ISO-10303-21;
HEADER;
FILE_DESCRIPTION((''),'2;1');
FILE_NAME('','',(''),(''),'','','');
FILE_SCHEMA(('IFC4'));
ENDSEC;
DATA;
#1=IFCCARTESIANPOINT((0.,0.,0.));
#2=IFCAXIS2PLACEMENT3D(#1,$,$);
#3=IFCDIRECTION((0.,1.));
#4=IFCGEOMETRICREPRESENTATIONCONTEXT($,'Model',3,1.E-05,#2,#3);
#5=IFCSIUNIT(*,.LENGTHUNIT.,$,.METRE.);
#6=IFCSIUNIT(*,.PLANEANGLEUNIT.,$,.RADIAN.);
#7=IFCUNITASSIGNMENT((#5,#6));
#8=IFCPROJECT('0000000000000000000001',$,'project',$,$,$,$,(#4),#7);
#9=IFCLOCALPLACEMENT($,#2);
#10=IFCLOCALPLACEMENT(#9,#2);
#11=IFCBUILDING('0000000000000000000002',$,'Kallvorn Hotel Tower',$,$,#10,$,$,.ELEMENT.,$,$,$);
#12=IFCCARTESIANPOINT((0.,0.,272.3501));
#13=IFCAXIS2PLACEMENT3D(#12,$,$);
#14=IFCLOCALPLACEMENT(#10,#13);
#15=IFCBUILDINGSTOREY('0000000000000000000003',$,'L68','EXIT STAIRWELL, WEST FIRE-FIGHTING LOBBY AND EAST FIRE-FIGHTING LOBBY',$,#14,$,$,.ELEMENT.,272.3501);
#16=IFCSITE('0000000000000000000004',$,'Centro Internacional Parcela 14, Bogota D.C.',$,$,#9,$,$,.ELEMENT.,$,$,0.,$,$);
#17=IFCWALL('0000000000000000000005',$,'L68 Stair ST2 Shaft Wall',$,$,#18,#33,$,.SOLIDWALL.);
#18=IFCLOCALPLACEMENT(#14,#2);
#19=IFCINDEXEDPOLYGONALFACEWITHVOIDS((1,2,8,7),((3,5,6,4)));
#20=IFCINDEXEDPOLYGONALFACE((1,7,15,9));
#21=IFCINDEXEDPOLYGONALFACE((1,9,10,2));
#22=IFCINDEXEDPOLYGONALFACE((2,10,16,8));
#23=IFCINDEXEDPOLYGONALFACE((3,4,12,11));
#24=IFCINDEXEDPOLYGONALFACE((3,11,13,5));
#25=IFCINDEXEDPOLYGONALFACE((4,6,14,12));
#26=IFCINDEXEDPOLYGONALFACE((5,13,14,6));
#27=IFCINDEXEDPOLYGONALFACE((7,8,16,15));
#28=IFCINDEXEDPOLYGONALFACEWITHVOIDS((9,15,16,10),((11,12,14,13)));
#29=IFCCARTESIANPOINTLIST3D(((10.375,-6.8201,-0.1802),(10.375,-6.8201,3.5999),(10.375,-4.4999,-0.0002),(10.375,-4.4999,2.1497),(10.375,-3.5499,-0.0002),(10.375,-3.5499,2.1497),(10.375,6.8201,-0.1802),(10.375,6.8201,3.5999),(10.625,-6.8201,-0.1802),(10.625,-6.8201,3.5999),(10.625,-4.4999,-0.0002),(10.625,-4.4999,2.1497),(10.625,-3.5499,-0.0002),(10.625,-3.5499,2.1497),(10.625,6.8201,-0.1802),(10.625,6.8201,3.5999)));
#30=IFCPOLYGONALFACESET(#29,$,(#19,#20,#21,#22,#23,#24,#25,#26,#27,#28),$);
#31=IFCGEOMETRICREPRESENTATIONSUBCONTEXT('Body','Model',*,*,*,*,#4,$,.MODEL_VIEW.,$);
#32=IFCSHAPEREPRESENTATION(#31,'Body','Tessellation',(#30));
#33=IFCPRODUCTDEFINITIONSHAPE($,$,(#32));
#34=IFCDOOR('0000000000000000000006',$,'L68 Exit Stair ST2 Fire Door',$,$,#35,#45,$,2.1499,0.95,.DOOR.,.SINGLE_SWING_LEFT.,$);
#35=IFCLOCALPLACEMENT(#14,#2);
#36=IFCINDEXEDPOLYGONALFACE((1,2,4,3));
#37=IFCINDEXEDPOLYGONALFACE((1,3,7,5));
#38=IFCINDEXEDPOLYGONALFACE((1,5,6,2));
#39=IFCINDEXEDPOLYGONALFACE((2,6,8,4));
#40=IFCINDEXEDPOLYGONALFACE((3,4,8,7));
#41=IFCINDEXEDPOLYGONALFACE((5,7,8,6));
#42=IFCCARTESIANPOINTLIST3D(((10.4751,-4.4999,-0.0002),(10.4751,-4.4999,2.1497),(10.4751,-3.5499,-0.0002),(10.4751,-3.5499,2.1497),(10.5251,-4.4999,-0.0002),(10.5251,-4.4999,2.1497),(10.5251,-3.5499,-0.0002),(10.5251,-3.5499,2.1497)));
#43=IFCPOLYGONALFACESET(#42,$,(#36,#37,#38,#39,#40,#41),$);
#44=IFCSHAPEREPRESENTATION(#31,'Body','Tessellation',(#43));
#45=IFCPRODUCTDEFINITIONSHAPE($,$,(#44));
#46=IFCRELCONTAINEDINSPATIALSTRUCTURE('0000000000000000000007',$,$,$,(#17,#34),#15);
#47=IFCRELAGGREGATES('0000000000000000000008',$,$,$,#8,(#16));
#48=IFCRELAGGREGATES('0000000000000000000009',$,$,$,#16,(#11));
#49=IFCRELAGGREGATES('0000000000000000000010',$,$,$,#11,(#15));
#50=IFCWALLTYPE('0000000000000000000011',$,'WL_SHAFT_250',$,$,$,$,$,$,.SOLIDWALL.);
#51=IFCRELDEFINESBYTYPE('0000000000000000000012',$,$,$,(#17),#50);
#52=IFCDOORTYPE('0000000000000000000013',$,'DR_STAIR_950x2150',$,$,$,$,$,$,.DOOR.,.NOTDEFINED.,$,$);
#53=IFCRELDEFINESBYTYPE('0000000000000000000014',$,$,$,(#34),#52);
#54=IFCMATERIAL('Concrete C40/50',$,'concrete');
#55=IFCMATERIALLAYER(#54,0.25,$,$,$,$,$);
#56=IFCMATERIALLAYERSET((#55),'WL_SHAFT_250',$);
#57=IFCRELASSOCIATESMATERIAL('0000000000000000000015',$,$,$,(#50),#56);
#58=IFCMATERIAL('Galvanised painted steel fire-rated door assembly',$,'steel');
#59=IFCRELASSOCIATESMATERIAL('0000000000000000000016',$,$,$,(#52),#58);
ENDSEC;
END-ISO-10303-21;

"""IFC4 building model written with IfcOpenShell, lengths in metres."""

from ifc_helpers import new_model, si_unit, direction, frame, frame_2d, origin, place, context, subcontext, project, spatial, rectangle, extrude, material, layer, layer_set, type_object, element, fill, save


model = new_model("IFC4")

# Units and contexts
model_context = context("Model", 3, precision=1e-05, world=origin(), true_north=direction((0.0, 1.0)))
body_context = subcontext(model_context, "Body", "Model", "MODEL_VIEW")
ifc_project = project(units=[si_unit("LENGTHUNIT", "METRE"), si_unit("PLANEANGLEUNIT", "RADIAN")], contexts=[model_context])

# Site, building, storey
site_placement = place(None, origin())
site = spatial("IfcSite", under=ifc_project, at=site_placement, Name="Centro Internacional Parcela 14, Bogota D.C.", CompositionType="ELEMENT", RefElevation=0.0)
building_placement = place(site_placement, origin())
building = spatial("IfcBuilding", under=site, at=building_placement, Name="Kallvorn Hotel Tower", CompositionType="ELEMENT")
storey_placement = place(building_placement, frame((0.0, 0.0, 272.3501)))
storey = spatial("IfcBuildingStorey", under=building, at=storey_placement, Name="L68", Description="EXIT STAIRWELL, WEST FIRE-FIGHTING LOBBY AND EAST FIRE-FIGHTING LOBBY", CompositionType="ELEMENT", Elevation=272.3501)

# Shared definitions
ifc_material_1 = material(Name="Concrete C40/50", Category="concrete")
ifc_layer_1 = layer(ifc_material_1, 0.25)
ifc_layer_set_1 = layer_set([ifc_layer_1], Name="WL_SHAFT_250")
wall_type_1 = type_object("IfcWallType", Name="WL_SHAFT_250", PredefinedType="SOLIDWALL", material=ifc_layer_set_1)

# Wall, opening, door
wall_1_placement = place(storey_placement, frame((10.5, -6.8201, -0.1802), z_axis=(0.0, 0.0, 1.0), x_axis=(0.0, 1.0, 0.0)))
wall_1 = element("IfcWall", 1, at=wall_1_placement, inside=storey, type_object=wall_type_1, Name="L68 Stair ST2 Shaft Wall", PredefinedType="SOLIDWALL", context=body_context, shape_type="SweptSolid", body=[
    extrude(rectangle(XDim=13.6401, YDim=0.25, at=frame_2d((6.8201, 0.0))), origin(), (0.0, 0.0, 1.0), 3.78),
])
opening_1_placement = place(wall_1_placement, frame((2.3201, 0.0, 0.1799)))
opening_1 = element("IfcOpeningElement", 2, at=opening_1_placement, cuts=wall_1, PredefinedType="OPENING", context=body_context, shape_type="SweptSolid", body=[
    extrude(rectangle(XDim=0.95, YDim=2.1499, at=frame_2d((0.4751, 1.075))), frame((0.0, 0.1399, 0.0), z_axis=(0.0, -1.0, 0.0), x_axis=(1.0, 0.0, 0.0)), (0.0, 0.0, 1.0), 0.28),
])
ifc_material_2 = material(Name="Galvanised painted steel fire-rated door assembly", Category="steel")
door_type_1 = type_object("IfcDoorType", Name="DR_STAIR_950x2150", OperationType="NOTDEFINED", PredefinedType="DOOR", material=ifc_material_2)
door_1_placement = place(opening_1_placement, origin())
door_1 = element("IfcDoor", 3, at=door_1_placement, inside=storey, type_object=door_type_1, Name="L68 Exit Stair ST2 Fire Door", OperationType="SINGLE_SWING_LEFT", OverallHeight=2.1499, OverallWidth=0.95, PredefinedType="DOOR", context=body_context, shape_type="SweptSolid", body=[
    extrude(rectangle(XDim=0.95, YDim=2.1499, at=frame_2d((0.4751, 1.075))), frame((0.0, 0.0249, 0.0), z_axis=(0.0, -1.0, 0.0), x_axis=(1.0, 0.0, 0.0)), (0.0, 0.0, 1.0), 0.05),
])
fill(opening_1, door_1)

save(model, "model.ifc")
